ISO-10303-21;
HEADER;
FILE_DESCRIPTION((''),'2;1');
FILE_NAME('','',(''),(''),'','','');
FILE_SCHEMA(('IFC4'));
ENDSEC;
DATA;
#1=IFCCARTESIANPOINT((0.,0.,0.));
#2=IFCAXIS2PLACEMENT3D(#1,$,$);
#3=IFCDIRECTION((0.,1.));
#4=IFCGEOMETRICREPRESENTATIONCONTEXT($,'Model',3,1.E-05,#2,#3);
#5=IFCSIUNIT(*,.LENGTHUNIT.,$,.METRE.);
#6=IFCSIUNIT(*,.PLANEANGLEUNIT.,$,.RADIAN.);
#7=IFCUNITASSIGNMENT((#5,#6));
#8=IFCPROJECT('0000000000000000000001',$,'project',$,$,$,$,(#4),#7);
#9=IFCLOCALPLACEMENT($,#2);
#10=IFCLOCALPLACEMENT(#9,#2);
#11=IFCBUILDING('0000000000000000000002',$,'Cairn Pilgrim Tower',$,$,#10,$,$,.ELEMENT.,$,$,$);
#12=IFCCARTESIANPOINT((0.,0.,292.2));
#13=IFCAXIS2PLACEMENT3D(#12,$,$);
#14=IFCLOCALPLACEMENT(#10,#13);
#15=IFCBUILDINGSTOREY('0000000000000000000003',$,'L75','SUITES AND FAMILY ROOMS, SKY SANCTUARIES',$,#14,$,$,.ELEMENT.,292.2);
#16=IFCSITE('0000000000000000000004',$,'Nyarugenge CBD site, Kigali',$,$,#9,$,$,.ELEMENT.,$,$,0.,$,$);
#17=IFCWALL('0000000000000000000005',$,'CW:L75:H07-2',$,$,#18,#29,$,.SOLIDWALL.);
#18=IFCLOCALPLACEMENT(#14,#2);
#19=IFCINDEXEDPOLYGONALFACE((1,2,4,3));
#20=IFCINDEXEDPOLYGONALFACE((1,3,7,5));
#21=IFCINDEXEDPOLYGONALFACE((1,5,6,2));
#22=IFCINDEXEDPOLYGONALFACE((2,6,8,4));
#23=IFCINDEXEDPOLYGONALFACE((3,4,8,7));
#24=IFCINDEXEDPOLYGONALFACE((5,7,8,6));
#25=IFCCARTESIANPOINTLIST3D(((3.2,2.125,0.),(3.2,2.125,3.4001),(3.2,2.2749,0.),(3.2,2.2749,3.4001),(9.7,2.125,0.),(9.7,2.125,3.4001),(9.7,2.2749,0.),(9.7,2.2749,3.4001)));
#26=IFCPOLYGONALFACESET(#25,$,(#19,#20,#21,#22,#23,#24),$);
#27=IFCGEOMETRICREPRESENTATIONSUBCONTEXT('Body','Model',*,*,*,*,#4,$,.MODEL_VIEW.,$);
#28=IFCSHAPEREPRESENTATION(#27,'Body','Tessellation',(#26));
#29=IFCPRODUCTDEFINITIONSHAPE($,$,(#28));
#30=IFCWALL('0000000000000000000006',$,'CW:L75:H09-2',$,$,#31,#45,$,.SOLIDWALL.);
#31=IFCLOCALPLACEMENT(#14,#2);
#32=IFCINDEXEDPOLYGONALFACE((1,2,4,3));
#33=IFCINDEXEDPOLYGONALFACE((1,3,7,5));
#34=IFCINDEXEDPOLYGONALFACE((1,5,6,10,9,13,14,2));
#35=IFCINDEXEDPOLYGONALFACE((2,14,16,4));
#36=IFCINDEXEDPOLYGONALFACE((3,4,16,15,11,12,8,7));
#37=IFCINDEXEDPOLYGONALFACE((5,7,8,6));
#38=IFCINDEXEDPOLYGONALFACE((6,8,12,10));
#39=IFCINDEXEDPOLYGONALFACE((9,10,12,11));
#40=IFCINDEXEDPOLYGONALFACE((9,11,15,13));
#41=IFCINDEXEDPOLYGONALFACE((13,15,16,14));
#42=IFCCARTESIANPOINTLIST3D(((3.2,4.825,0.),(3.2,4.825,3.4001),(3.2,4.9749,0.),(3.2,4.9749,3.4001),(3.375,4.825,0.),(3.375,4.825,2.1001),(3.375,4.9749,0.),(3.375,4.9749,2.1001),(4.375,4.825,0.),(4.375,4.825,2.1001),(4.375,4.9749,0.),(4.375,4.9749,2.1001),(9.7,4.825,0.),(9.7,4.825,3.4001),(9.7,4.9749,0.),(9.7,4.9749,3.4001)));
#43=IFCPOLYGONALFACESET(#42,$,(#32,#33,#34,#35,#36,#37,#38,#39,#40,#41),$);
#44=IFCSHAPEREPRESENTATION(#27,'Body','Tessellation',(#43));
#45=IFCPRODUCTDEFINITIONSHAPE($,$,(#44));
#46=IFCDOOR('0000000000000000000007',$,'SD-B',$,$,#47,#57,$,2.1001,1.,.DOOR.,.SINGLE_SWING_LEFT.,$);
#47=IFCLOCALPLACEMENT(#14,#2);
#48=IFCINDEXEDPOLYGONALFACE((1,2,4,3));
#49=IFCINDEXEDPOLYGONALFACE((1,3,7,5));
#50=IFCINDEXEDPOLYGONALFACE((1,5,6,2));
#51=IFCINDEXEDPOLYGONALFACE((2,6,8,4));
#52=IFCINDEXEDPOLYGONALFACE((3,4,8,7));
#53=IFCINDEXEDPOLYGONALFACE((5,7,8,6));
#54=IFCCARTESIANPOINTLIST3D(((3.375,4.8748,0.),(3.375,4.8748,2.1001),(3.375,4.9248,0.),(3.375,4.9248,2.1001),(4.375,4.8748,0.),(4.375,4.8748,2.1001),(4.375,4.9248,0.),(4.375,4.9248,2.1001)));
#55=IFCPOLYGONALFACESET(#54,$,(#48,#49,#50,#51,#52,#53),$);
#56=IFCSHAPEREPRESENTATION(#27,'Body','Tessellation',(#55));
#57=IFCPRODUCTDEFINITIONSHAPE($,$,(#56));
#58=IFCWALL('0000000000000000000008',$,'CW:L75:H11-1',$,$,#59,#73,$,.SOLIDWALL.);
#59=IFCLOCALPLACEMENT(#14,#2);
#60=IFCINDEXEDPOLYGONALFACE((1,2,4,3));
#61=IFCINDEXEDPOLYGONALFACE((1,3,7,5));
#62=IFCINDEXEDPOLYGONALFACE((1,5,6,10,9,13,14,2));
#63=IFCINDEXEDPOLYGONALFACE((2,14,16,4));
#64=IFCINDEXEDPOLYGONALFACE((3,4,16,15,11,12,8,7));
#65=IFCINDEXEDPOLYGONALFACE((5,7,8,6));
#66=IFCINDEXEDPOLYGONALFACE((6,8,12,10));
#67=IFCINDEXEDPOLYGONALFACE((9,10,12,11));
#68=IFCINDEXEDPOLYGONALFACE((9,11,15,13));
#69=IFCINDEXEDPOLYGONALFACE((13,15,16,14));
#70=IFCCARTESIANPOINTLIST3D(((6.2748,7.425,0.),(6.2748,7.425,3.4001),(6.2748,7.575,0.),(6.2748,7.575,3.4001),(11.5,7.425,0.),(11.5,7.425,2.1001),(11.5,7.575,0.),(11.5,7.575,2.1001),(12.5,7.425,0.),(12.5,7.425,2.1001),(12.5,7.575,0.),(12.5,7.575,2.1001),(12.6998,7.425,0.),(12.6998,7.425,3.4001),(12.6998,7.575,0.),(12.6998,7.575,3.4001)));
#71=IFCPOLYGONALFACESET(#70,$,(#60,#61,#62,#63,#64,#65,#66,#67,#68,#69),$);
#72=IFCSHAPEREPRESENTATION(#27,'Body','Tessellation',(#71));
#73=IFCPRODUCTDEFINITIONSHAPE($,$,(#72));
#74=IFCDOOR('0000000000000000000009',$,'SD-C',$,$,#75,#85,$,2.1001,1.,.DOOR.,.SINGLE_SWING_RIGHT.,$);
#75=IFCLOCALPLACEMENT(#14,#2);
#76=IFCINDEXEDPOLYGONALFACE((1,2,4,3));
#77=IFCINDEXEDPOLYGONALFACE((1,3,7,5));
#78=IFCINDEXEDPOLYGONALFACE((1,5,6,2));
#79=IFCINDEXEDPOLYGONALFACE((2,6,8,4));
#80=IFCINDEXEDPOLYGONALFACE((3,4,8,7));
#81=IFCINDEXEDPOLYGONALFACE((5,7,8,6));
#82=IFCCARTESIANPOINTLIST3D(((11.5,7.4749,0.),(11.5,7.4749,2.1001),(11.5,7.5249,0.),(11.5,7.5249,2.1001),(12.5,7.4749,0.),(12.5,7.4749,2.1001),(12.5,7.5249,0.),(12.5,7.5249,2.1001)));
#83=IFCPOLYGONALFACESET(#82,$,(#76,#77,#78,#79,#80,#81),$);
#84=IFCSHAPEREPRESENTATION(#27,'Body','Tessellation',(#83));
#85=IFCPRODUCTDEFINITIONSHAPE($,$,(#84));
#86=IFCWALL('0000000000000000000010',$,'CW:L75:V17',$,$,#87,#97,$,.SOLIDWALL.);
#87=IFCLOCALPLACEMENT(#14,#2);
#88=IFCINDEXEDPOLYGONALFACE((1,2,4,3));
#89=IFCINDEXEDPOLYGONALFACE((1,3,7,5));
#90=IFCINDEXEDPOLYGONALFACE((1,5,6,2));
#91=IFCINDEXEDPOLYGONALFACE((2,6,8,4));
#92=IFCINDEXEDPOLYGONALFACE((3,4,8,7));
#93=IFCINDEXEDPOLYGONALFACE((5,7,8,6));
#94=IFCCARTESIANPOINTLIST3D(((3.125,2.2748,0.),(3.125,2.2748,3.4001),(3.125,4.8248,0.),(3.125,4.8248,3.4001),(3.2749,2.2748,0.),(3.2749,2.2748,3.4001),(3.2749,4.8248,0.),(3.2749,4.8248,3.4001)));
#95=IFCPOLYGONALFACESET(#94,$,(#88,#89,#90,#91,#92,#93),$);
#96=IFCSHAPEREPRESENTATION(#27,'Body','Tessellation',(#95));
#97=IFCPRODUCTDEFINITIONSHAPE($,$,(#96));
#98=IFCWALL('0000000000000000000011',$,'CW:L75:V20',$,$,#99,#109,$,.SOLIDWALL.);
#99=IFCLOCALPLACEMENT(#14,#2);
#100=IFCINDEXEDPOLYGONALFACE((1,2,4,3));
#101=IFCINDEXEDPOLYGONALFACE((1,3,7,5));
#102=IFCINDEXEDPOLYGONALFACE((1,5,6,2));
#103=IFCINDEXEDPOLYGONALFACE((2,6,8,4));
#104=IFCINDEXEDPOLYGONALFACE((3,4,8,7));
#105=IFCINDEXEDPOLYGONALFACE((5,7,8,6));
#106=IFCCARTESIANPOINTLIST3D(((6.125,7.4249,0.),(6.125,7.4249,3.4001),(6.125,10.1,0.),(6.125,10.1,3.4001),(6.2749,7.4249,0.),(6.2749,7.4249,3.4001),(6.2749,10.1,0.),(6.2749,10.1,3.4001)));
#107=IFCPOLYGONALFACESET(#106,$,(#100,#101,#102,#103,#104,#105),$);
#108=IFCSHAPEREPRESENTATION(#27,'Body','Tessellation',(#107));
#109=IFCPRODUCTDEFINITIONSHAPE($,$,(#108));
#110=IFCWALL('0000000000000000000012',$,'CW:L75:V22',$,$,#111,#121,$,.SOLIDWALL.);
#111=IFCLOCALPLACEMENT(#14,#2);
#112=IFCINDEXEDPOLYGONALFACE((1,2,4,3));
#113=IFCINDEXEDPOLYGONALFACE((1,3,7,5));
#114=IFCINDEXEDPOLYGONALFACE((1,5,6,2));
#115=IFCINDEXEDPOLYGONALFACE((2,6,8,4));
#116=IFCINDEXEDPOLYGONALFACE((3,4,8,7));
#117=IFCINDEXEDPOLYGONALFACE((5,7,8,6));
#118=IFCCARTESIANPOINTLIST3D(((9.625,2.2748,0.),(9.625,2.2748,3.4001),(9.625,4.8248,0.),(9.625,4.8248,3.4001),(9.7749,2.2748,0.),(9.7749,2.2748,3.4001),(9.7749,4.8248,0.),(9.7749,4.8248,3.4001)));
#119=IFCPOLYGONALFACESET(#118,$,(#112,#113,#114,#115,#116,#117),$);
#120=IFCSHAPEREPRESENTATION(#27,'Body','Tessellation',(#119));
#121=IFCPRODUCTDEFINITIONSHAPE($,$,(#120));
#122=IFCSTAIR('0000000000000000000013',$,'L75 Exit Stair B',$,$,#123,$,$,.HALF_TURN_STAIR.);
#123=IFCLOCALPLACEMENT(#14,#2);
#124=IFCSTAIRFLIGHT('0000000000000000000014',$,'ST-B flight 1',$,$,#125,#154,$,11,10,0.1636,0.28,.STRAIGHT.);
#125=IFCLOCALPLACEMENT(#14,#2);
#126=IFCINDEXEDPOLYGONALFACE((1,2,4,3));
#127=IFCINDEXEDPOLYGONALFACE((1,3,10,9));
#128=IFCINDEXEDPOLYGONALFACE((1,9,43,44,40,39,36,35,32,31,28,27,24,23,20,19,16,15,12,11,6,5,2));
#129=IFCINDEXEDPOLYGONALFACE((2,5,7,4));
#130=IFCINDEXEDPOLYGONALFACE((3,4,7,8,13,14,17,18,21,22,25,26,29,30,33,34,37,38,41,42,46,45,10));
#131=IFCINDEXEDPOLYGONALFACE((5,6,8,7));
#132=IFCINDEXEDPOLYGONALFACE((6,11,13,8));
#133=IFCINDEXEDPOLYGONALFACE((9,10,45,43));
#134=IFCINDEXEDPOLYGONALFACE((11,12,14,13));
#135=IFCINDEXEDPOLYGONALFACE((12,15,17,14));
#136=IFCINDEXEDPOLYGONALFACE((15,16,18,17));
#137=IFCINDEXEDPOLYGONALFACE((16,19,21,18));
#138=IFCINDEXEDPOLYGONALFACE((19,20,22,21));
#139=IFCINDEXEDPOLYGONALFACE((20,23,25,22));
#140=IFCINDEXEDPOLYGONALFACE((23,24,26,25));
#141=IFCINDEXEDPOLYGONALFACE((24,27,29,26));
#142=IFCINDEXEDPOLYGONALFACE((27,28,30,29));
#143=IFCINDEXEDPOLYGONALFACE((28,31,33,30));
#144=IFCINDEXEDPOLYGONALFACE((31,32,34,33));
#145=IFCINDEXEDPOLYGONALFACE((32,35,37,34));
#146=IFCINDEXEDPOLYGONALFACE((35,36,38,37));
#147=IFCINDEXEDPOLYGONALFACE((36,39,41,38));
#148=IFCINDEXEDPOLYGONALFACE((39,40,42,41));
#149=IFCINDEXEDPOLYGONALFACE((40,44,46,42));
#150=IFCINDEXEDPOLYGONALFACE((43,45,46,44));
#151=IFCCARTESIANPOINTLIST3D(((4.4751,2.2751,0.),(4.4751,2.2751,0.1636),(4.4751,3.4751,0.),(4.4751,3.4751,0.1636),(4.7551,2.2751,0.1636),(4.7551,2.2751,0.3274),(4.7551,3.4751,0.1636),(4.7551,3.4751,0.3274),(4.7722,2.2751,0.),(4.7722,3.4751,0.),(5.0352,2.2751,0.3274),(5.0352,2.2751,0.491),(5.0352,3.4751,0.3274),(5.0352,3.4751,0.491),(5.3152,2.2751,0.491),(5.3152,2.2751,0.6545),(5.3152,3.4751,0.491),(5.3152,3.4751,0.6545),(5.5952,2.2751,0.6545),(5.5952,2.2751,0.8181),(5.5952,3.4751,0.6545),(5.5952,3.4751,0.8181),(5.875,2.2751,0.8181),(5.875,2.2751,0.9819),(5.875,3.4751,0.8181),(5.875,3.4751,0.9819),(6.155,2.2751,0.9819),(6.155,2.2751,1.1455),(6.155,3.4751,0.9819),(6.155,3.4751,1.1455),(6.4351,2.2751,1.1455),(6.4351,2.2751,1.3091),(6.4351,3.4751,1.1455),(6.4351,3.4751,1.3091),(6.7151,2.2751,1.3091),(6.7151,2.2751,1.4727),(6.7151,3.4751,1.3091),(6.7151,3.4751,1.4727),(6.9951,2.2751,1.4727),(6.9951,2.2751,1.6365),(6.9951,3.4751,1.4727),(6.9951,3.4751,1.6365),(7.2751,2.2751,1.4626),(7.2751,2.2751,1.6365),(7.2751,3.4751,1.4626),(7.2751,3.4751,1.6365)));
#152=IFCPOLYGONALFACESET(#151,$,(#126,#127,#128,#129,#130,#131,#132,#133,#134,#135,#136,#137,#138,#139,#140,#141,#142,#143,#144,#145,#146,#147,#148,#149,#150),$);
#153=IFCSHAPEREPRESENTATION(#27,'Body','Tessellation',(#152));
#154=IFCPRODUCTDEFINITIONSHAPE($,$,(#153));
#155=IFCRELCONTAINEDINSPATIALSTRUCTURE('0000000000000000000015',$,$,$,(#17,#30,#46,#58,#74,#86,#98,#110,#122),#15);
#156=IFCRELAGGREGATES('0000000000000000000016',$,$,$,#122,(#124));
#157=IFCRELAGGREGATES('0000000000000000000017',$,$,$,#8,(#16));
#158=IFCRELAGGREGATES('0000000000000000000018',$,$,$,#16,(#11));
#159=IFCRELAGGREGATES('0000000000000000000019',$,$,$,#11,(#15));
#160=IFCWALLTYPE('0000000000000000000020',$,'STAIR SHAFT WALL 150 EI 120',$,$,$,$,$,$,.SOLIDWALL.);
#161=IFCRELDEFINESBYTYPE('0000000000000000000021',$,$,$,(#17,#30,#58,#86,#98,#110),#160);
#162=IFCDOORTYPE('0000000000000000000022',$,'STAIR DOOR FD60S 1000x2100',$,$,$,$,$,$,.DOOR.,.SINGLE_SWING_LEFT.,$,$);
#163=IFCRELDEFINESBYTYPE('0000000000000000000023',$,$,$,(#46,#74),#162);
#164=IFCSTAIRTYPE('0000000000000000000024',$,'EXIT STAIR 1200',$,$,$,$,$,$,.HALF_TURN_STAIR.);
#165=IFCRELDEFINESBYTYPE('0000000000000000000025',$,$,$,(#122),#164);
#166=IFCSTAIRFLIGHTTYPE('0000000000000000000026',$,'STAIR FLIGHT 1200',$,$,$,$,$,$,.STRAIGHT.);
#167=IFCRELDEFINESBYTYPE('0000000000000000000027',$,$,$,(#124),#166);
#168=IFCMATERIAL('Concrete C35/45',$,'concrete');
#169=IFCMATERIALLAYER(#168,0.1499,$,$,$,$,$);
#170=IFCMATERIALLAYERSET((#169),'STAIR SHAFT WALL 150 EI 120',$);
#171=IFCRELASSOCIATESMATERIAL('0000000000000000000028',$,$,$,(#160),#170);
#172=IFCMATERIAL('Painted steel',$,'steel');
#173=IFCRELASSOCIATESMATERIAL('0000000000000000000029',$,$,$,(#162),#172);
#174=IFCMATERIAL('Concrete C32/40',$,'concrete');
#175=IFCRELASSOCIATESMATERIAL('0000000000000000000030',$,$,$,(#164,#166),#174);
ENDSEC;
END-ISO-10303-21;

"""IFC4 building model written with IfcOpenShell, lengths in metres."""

from ifc_helpers import new_model, si_unit, direction, frame, frame_2d, origin, place, context, subcontext, project, spatial, polyline, rectangle, outline, extrude, material, layer, layer_set, type_object, element, fill, aggregate, save


model = new_model("IFC4")

# Units and contexts
model_context = context("Model", 3, precision=1e-05, world=origin(), true_north=direction((0.0, 1.0)))
body_context = subcontext(model_context, "Body", "Model", "MODEL_VIEW")
ifc_project = project(units=[si_unit("LENGTHUNIT", "METRE"), si_unit("PLANEANGLEUNIT", "RADIAN")], contexts=[model_context])

# Site, building, storey
site_placement = place(None, origin())
site = spatial("IfcSite", under=ifc_project, at=site_placement, Name="Nyarugenge CBD site, Kigali", CompositionType="ELEMENT", RefElevation=0.0)
building_placement = place(site_placement, origin())
building = spatial("IfcBuilding", under=site, at=building_placement, Name="Cairn Pilgrim Tower", CompositionType="ELEMENT")
storey_placement = place(building_placement, frame((0.0, 0.0, 292.2)))
storey = spatial("IfcBuildingStorey", under=building, at=storey_placement, Name="L75", Description="SUITES AND FAMILY ROOMS, SKY SANCTUARIES", CompositionType="ELEMENT", Elevation=292.2)

# Shared definitions
ifc_material_1 = material(Name="Concrete C32/40", Category="concrete")

# Shared definitions
ifc_material_2 = material(Name="Painted steel", Category="steel")

# Wall
ifc_material_3 = material(Name="Concrete C35/45", Category="concrete")
ifc_layer_1 = layer(ifc_material_3, 0.1499)
ifc_layer_set_1 = layer_set([ifc_layer_1], Name="STAIR SHAFT WALL 150 EI 120")
wall_type_1 = type_object("IfcWallType", Name="STAIR SHAFT WALL 150 EI 120", PredefinedType="SOLIDWALL", material=ifc_layer_set_1)
wall_1_placement = place(storey_placement, frame((3.2, 2.2, 0.0), z_axis=(0.0, 0.0, 1.0), x_axis=(1.0, 0.0, 0.0)))
element("IfcWall", 1, at=wall_1_placement, inside=storey, type_object=wall_type_1, Name="CW:L75:H07-2", PredefinedType="SOLIDWALL", context=body_context, shape_type="SweptSolid", body=[
    extrude(rectangle(XDim=6.5, YDim=0.1499, at=frame_2d((3.25, 0.0))), origin(), (0.0, 0.0, 1.0), 3.4001),
])

# Walls, openings, doors
wall_2_placement = place(storey_placement, frame((3.2, 4.8999, 0.0), z_axis=(0.0, 0.0, 1.0), x_axis=(1.0, 0.0, 0.0)))
wall_2 = element("IfcWall", 2, at=wall_2_placement, inside=storey, type_object=wall_type_1, Name="CW:L75:H09-2", PredefinedType="SOLIDWALL", context=body_context, shape_type="SweptSolid", body=[
    extrude(rectangle(XDim=6.5, YDim=0.1499, at=frame_2d((3.25, 0.0))), origin(), (0.0, 0.0, 1.0), 3.4001),
])
opening_1_placement = place(wall_2_placement, frame((0.175, 0.0, 0.0)))
opening_1 = element("IfcOpeningElement", 3, at=opening_1_placement, cuts=wall_2, PredefinedType="OPENING", context=body_context, shape_type="SweptSolid", body=[
    extrude(rectangle(XDim=1.0, YDim=2.1001, at=frame_2d((0.5, 1.05))), frame((0.0, 0.085, 0.0), z_axis=(0.0, -1.0, 0.0), x_axis=(1.0, 0.0, 0.0)), (0.0, 0.0, 1.0), 0.1699),
])
door_type_1 = type_object("IfcDoorType", Name="STAIR DOOR FD60S 1000x2100", OperationType="SINGLE_SWING_LEFT", PredefinedType="DOOR", material=ifc_material_2)
door_1_placement = place(opening_1_placement, origin())
door_1 = element("IfcDoor", 4, at=door_1_placement, inside=storey, type_object=door_type_1, Name="SD-B", OperationType="SINGLE_SWING_LEFT", OverallHeight=2.1001, OverallWidth=1.0, PredefinedType="DOOR", context=body_context, shape_type="SweptSolid", body=[
    extrude(rectangle(XDim=1.0, YDim=2.1001, at=frame_2d((0.5, 1.05))), frame((0.0, 0.0249, 0.0), z_axis=(0.0, -1.0, 0.0), x_axis=(1.0, 0.0, 0.0)), (0.0, 0.0, 1.0), 0.05),
])
fill(opening_1, door_1)
wall_3_placement = place(storey_placement, frame((6.2749, 7.5, 0.0), z_axis=(0.0, 0.0, 1.0), x_axis=(1.0, 0.0, 0.0)))
wall_3 = element("IfcWall", 5, at=wall_3_placement, inside=storey, type_object=wall_type_1, Name="CW:L75:H11-1", PredefinedType="SOLIDWALL", context=body_context, shape_type="SweptSolid", body=[
    extrude(rectangle(XDim=6.425, YDim=0.1499, at=frame_2d((3.2124, 0.0))), origin(), (0.0, 0.0, 1.0), 3.4001),
])
opening_2_placement = place(wall_3_placement, frame((5.2251, 0.0, 0.0)))
opening_2 = element("IfcOpeningElement", 6, at=opening_2_placement, cuts=wall_3, PredefinedType="OPENING", context=body_context, shape_type="SweptSolid", body=[
    extrude(rectangle(XDim=1.0, YDim=2.1001, at=frame_2d((0.5, 1.05))), frame((0.0, 0.085, 0.0), z_axis=(0.0, -1.0, 0.0), x_axis=(1.0, 0.0, 0.0)), (0.0, 0.0, 1.0), 0.1699),
])
door_2_placement = place(opening_2_placement, origin())
door_2 = element("IfcDoor", 7, at=door_2_placement, inside=storey, type_object=door_type_1, Name="SD-C", OperationType="SINGLE_SWING_RIGHT", OverallHeight=2.1001, OverallWidth=1.0, PredefinedType="DOOR", context=body_context, shape_type="SweptSolid", body=[
    extrude(rectangle(XDim=1.0, YDim=2.1001, at=frame_2d((0.5, 1.05))), frame((0.0, 0.0249, 0.0), z_axis=(0.0, -1.0, 0.0), x_axis=(1.0, 0.0, 0.0)), (0.0, 0.0, 1.0), 0.05),
])
fill(opening_2, door_2)

# Walls
wall_4_placement = place(storey_placement, frame((3.2, 2.2749, 0.0), z_axis=(0.0, 0.0, 1.0), x_axis=(0.0, 1.0, 0.0)))
element("IfcWall", 8, at=wall_4_placement, inside=storey, type_object=wall_type_1, Name="CW:L75:V17", PredefinedType="SOLIDWALL", context=body_context, shape_type="SweptSolid", body=[
    extrude(rectangle(XDim=2.55, YDim=0.1499, at=frame_2d((1.2749, 0.0))), origin(), (0.0, 0.0, 1.0), 3.4001),
])
wall_5_placement = place(storey_placement, frame((6.2, 7.425, 0.0), z_axis=(0.0, 0.0, 1.0), x_axis=(0.0, 1.0, 0.0)))
element("IfcWall", 9, at=wall_5_placement, inside=storey, type_object=wall_type_1, Name="CW:L75:V20", PredefinedType="SOLIDWALL", context=body_context, shape_type="SweptSolid", body=[
    extrude(rectangle(XDim=2.675, YDim=0.1499, at=frame_2d((1.3374, 0.0))), origin(), (0.0, 0.0, 1.0), 3.4001),
])
wall_6_placement = place(storey_placement, frame((9.7, 2.2749, 0.0), z_axis=(0.0, 0.0, 1.0), x_axis=(0.0, 1.0, 0.0)))
element("IfcWall", 10, at=wall_6_placement, inside=storey, type_object=wall_type_1, Name="CW:L75:V22", PredefinedType="SOLIDWALL", context=body_context, shape_type="SweptSolid", body=[
    extrude(rectangle(XDim=2.55, YDim=0.1499, at=frame_2d((1.2749, 0.0))), origin(), (0.0, 0.0, 1.0), 3.4001),
])

# Stair, stair flight
stair_type = type_object("IfcStairType", Name="EXIT STAIR 1200", PredefinedType="HALF_TURN_STAIR", material=ifc_material_1)
stair_1_placement = place(storey_placement, origin())
stair_1 = element("IfcStair", 11, at=stair_1_placement, inside=storey, type_object=stair_type, Name="L75 Exit Stair B", PredefinedType="HALF_TURN_STAIR")
stair_flight_type = type_object("IfcStairFlightType", Name="STAIR FLIGHT 1200", PredefinedType="STRAIGHT", material=ifc_material_1)
stair_flight_1_placement = place(storey_placement, frame((4.4751, 2.875, 0.0), z_axis=(0.0, 0.0, 1.0), x_axis=(1.0, 0.0, 0.0)))
stair_flight_1 = element("IfcStairFlight", 12, at=stair_flight_1_placement, type_object=stair_flight_type, Name="ST-B flight 1", NumberOfRisers=11, NumberOfTreads=10, PredefinedType="STRAIGHT", RiserHeight=0.1636, TreadLength=0.28, context=body_context, shape_type="SweptSolid", body=[
    extrude(outline(polyline([(0.0, 0.0), (0.0, 0.1636), (0.28, 0.1636), (0.28, 0.3274), (0.5601, 0.3274), (0.5601, 0.491), (0.8401, 0.491), (0.8401, 0.6545), (1.1201, 0.6545), (1.1201, 0.8181), (1.3999, 0.8181), (1.3999, 0.9819), (1.6799, 0.9819), (1.6799, 1.1455), (1.96, 1.1455), (1.96, 1.3091), (2.24, 1.3091), (2.24, 1.4727), (2.52, 1.4727), (2.52, 1.6365), (2.8, 1.6365), (2.8, 1.8), (2.8, 1.4626), (0.2971, 0.0), (0.0, 0.0)])), frame((0.0, 0.6001, 0.0), z_axis=(0.0, -1.0, 0.0), x_axis=(1.0, 0.0, 0.0)), (0.0, 0.0, 1.0), 1.2),
])
aggregate(stair_1, [stair_flight_1])

save(model, "model.ifc")
